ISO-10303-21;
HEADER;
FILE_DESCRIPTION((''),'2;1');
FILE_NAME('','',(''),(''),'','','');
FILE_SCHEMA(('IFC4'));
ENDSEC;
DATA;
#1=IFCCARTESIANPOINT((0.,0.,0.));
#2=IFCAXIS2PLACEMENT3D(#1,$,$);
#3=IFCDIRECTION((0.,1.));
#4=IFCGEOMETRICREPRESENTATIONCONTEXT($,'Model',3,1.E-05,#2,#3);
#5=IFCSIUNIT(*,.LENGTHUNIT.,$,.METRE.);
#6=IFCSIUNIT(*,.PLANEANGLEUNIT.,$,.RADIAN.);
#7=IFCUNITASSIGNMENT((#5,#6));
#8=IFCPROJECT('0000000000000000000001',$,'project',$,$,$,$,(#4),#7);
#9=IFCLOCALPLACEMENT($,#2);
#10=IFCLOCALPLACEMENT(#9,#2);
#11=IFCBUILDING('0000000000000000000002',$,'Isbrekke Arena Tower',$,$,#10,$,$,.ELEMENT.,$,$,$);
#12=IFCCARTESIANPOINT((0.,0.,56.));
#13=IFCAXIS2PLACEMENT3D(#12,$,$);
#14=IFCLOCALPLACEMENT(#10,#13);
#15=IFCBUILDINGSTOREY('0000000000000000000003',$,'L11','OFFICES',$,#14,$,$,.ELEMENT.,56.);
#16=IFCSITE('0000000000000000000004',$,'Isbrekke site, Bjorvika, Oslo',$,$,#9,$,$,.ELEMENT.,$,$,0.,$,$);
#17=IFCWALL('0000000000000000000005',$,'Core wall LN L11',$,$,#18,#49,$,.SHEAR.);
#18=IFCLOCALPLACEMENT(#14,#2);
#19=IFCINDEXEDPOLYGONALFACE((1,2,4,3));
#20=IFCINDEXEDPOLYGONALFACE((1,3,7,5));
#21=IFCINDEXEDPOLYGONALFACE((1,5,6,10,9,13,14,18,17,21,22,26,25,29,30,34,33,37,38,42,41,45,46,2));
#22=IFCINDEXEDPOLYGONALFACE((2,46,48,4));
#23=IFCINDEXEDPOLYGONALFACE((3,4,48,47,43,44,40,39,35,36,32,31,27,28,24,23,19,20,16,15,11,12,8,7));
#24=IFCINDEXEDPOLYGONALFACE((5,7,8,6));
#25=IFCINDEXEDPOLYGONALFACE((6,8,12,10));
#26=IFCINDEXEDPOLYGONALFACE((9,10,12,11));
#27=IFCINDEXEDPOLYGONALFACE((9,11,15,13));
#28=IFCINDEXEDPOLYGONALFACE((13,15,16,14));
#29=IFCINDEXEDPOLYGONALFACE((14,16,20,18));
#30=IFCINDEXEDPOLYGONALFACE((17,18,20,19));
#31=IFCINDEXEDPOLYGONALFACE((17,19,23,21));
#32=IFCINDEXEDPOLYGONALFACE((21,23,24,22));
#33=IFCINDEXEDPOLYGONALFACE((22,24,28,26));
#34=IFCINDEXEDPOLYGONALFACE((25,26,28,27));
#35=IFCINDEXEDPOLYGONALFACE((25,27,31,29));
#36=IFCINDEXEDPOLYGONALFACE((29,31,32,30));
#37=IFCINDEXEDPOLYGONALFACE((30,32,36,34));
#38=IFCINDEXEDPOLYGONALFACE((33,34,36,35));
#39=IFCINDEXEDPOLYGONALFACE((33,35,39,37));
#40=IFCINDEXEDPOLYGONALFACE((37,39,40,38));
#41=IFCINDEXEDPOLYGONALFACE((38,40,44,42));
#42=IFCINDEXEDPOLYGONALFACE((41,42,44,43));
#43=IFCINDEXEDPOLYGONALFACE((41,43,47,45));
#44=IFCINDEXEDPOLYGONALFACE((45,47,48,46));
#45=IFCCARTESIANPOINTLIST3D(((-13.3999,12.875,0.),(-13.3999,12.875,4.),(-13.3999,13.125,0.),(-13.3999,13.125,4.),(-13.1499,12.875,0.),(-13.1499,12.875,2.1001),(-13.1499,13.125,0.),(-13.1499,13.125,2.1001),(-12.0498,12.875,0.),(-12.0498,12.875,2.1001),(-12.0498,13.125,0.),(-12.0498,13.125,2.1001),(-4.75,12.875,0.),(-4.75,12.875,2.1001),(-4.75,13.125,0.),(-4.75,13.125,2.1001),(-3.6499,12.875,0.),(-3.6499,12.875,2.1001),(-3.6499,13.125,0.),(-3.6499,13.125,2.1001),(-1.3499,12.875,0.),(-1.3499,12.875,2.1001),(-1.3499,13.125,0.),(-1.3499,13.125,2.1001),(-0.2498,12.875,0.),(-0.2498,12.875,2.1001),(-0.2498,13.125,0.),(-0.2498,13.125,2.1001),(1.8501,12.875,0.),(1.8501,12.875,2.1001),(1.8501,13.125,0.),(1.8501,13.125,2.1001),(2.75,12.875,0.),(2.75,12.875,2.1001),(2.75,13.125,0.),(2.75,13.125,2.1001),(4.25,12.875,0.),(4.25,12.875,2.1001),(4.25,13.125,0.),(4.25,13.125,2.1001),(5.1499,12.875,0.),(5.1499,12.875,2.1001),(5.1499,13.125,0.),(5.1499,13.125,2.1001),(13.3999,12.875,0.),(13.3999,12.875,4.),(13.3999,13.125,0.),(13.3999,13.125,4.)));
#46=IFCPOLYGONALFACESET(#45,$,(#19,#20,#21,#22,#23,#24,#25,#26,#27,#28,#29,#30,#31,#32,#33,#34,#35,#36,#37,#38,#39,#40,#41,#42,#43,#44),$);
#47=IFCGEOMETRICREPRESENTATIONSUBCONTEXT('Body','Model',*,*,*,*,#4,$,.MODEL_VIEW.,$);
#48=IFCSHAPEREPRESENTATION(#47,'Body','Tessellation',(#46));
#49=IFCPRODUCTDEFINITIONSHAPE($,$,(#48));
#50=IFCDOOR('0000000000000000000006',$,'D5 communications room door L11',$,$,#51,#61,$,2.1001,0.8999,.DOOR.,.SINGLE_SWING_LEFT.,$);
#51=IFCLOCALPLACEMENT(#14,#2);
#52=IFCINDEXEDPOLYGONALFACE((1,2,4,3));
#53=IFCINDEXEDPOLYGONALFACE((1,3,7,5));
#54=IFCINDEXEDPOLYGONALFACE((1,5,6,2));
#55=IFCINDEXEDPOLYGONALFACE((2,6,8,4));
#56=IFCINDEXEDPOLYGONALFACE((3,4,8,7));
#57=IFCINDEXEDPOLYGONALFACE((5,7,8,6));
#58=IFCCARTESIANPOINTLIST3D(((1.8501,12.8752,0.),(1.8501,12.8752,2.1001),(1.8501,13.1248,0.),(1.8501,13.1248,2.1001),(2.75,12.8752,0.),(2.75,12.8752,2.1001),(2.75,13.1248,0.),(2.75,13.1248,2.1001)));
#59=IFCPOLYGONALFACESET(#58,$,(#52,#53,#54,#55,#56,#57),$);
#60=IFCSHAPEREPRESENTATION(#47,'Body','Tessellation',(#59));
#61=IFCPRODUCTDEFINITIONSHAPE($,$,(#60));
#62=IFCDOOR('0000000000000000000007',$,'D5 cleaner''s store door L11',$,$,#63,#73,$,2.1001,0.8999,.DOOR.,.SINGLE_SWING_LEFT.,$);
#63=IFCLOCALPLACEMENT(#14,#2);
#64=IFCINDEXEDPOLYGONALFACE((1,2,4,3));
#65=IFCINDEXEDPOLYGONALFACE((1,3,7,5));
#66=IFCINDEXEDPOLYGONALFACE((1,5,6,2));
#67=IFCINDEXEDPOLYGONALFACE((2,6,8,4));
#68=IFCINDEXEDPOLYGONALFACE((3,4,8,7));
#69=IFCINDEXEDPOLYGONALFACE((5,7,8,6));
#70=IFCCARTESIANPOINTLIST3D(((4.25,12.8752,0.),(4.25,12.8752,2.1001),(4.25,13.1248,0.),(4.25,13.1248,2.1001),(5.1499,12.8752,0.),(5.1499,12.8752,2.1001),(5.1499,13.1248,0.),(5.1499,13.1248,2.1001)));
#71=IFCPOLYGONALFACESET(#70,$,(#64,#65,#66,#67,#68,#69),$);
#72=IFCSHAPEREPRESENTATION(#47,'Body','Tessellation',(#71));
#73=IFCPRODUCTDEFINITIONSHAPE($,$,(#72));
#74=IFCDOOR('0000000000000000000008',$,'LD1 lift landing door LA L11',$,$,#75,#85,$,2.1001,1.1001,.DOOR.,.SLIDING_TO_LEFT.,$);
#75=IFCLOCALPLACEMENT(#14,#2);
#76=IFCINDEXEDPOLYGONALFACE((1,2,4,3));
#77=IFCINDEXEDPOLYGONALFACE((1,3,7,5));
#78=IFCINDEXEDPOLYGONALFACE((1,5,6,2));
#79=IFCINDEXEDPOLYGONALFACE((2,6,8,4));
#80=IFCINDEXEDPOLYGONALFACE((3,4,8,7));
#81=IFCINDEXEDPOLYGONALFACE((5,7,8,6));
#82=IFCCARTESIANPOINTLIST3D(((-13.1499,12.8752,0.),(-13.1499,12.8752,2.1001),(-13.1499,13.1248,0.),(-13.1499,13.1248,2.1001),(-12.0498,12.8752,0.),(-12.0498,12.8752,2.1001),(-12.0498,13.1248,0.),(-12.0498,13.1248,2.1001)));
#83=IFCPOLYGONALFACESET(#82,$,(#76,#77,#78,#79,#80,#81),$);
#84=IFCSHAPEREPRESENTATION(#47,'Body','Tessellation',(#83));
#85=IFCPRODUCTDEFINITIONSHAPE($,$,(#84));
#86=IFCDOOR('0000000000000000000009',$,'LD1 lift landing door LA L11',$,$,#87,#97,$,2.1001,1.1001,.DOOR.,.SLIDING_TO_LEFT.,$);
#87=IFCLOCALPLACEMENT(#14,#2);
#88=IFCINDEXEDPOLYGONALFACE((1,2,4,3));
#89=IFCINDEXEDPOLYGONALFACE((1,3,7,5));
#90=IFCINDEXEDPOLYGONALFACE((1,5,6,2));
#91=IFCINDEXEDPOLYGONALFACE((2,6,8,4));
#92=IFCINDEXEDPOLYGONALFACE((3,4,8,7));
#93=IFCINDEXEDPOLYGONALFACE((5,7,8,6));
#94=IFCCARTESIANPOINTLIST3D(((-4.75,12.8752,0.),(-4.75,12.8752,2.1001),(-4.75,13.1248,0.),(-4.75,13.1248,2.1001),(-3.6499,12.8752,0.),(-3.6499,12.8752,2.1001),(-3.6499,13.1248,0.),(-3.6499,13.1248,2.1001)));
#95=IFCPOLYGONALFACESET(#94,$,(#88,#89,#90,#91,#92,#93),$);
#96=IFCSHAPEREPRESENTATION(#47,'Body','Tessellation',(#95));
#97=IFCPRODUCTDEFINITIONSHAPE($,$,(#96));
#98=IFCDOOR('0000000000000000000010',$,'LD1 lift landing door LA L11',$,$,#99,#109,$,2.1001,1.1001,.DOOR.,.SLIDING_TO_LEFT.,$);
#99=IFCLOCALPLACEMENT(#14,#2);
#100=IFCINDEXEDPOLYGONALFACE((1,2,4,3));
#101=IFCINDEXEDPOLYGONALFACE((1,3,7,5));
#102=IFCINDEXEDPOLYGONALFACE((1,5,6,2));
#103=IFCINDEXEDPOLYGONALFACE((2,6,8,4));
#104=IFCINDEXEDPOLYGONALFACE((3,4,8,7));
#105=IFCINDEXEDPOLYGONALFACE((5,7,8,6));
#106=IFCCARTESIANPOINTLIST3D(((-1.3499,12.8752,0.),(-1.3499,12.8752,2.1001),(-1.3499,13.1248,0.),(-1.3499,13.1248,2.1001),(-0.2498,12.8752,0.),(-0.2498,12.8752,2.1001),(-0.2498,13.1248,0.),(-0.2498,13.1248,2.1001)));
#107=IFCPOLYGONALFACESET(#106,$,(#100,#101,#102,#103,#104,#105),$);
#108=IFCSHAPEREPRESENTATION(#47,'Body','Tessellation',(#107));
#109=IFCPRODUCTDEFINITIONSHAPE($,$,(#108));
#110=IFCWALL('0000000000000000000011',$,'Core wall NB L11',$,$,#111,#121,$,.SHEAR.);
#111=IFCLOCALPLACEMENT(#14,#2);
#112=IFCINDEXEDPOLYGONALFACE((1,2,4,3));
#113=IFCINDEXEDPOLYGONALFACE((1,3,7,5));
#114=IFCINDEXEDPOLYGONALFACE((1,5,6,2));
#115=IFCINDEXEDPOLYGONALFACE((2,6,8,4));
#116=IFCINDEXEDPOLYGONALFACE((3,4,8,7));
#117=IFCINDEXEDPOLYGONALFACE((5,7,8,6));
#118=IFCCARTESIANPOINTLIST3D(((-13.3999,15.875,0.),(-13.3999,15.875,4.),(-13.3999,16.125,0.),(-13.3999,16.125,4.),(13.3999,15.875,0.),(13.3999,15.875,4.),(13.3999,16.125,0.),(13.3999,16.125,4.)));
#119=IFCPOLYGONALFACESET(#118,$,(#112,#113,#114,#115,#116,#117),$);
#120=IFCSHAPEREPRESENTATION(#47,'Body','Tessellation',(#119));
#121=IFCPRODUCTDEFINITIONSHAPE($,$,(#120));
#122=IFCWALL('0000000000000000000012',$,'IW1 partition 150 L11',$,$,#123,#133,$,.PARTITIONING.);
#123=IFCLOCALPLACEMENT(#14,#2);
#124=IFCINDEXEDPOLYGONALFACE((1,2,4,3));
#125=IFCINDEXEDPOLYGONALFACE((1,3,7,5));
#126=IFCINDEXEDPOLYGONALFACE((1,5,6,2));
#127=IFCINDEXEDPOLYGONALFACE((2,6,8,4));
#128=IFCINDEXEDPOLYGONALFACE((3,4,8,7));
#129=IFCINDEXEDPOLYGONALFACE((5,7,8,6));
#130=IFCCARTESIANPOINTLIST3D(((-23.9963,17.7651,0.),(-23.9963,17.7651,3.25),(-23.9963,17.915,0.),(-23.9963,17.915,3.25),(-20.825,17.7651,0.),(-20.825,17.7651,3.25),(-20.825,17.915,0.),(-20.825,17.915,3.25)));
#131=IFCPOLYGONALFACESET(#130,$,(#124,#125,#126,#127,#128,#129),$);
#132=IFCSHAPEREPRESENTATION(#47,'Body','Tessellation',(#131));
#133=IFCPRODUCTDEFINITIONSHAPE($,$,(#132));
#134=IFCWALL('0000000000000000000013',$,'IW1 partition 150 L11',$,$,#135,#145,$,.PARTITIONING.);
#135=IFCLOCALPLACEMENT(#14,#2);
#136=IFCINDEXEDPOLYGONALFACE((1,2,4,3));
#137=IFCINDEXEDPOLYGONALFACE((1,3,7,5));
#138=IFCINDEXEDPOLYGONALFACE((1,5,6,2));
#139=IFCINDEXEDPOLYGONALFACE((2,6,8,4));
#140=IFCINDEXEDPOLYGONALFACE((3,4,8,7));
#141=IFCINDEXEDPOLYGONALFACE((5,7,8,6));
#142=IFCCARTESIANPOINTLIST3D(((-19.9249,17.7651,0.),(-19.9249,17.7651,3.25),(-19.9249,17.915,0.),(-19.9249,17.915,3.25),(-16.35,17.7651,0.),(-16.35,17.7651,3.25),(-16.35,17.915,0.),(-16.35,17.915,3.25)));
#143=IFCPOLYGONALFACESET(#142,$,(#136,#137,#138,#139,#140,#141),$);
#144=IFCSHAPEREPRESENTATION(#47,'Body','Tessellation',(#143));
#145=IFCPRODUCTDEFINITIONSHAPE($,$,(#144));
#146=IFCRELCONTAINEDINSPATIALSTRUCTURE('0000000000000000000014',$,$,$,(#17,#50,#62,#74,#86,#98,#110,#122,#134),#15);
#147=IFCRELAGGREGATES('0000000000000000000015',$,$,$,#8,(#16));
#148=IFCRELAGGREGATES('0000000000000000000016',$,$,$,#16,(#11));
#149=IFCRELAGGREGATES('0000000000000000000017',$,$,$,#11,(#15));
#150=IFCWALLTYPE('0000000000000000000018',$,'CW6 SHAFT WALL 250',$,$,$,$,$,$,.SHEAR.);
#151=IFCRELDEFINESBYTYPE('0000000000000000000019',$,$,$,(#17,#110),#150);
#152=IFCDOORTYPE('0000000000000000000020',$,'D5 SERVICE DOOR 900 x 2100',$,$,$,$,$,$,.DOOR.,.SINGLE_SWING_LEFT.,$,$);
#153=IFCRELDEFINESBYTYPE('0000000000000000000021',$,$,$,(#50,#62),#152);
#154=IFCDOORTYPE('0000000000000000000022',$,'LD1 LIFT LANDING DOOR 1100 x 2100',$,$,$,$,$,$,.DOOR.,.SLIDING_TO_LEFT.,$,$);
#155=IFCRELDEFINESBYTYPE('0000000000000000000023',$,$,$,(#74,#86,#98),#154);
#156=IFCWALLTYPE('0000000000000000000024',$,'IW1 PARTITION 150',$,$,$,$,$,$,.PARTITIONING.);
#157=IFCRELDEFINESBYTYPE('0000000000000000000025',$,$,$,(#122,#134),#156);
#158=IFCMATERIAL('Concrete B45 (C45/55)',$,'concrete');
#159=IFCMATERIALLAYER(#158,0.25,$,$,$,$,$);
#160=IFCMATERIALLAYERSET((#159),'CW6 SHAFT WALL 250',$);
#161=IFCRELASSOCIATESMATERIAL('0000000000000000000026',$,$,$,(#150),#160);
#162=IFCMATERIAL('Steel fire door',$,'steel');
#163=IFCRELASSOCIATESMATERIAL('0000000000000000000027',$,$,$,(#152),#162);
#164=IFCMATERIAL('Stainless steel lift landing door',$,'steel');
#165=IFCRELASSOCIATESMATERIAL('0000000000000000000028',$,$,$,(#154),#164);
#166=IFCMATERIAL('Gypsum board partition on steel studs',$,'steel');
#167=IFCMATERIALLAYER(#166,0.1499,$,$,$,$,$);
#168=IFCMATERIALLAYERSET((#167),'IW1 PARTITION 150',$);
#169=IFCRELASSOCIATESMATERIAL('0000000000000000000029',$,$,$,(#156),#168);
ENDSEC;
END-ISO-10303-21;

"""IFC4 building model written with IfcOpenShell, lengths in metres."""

from ifc_helpers import new_model, si_unit, direction, frame, frame_2d, origin, place, context, subcontext, project, spatial, rectangle, extrude, material, layer, layer_set, type_object, element, fill, save


model = new_model("IFC4")

# Units and contexts
model_context = context("Model", 3, precision=1e-05, world=origin(), true_north=direction((0.0, 1.0)))
body_context = subcontext(model_context, "Body", "Model", "MODEL_VIEW")
ifc_project = project(units=[si_unit("LENGTHUNIT", "METRE"), si_unit("PLANEANGLEUNIT", "RADIAN")], contexts=[model_context])

# Site, building, storey
site_placement = place(None, origin())
site = spatial("IfcSite", under=ifc_project, at=site_placement, Name="Isbrekke site, Bjorvika, Oslo", CompositionType="ELEMENT", RefElevation=0.0)
building_placement = place(site_placement, origin())
building = spatial("IfcBuilding", under=site, at=building_placement, Name="Isbrekke Arena Tower", CompositionType="ELEMENT")
storey_placement = place(building_placement, frame((0.0, 0.0, 56.0)))
storey = spatial("IfcBuildingStorey", under=building, at=storey_placement, Name="L11", Description="OFFICES", CompositionType="ELEMENT", Elevation=56.0)

# Wall, openings, doors
ifc_material_1 = material(Name="Concrete B45 (C45/55)", Category="concrete")
ifc_layer_1 = layer(ifc_material_1, 0.25)
ifc_layer_set_1 = layer_set([ifc_layer_1], Name="CW6 SHAFT WALL 250")
wall_type_1 = type_object("IfcWallType", Name="CW6 SHAFT WALL 250", PredefinedType="SHEAR", material=ifc_layer_set_1)
wall_1_placement = place(storey_placement, frame((-13.3999, 13.0, 0.0), z_axis=(0.0, 0.0, 1.0), x_axis=(1.0, 0.0, 0.0)))
wall_1 = element("IfcWall", 1, at=wall_1_placement, inside=storey, type_object=wall_type_1, Name="Core wall LN L11", PredefinedType="SHEAR", context=body_context, shape_type="SweptSolid", body=[
    extrude(rectangle(XDim=26.7998, YDim=0.25, at=frame_2d((13.3999, 0.0))), origin(), (0.0, 0.0, 1.0), 4.0),
])
opening_1_placement = place(wall_1_placement, frame((0.25, 0.0, 0.0)))
opening_1 = element("IfcOpeningElement", 2, at=opening_1_placement, cuts=wall_1, PredefinedType="OPENING", context=body_context, shape_type="SweptSolid", body=[
    extrude(rectangle(XDim=1.1001, YDim=2.1001, at=frame_2d((0.55, 1.05))), frame((0.0, 0.1399, 0.0), z_axis=(0.0, -1.0, 0.0), x_axis=(1.0, 0.0, 0.0)), (0.0, 0.0, 1.0), 0.2798),
])
opening_2_placement = place(wall_1_placement, frame((8.6499, 0.0, 0.0)))
opening_2 = element("IfcOpeningElement", 3, at=opening_2_placement, cuts=wall_1, PredefinedType="OPENING", context=body_context, shape_type="SweptSolid", body=[
    extrude(rectangle(XDim=1.1001, YDim=2.1001, at=frame_2d((0.55, 1.05))), frame((0.0, 0.1399, 0.0), z_axis=(0.0, -1.0, 0.0), x_axis=(1.0, 0.0, 0.0)), (0.0, 0.0, 1.0), 0.2798),
])
opening_3_placement = place(wall_1_placement, frame((12.05, 0.0, 0.0)))
opening_3 = element("IfcOpeningElement", 4, at=opening_3_placement, cuts=wall_1, PredefinedType="OPENING", context=body_context, shape_type="SweptSolid", body=[
    extrude(rectangle(XDim=1.1001, YDim=2.1001, at=frame_2d((0.55, 1.05))), frame((0.0, 0.1399, 0.0), z_axis=(0.0, -1.0, 0.0), x_axis=(1.0, 0.0, 0.0)), (0.0, 0.0, 1.0), 0.2798),
])
opening_4_placement = place(wall_1_placement, frame((15.25, 0.0, 0.0)))
opening_4 = element("IfcOpeningElement", 5, at=opening_4_placement, cuts=wall_1, PredefinedType="OPENING", context=body_context, shape_type="SweptSolid", body=[
    extrude(rectangle(XDim=0.8999, YDim=2.1001, at=frame_2d((0.45, 1.05))), frame((0.0, 0.1399, 0.0), z_axis=(0.0, -1.0, 0.0), x_axis=(1.0, 0.0, 0.0)), (0.0, 0.0, 1.0), 0.2798),
])
opening_5_placement = place(wall_1_placement, frame((17.6499, 0.0, 0.0)))
opening_5 = element("IfcOpeningElement", 6, at=opening_5_placement, cuts=wall_1, PredefinedType="OPENING", context=body_context, shape_type="SweptSolid", body=[
    extrude(rectangle(XDim=0.8999, YDim=2.1001, at=frame_2d((0.45, 1.05))), frame((0.0, 0.1399, 0.0), z_axis=(0.0, -1.0, 0.0), x_axis=(1.0, 0.0, 0.0)), (0.0, 0.0, 1.0), 0.2798),
])
ifc_material_2 = material(Name="Steel fire door", Category="steel")
door_type_1 = type_object("IfcDoorType", Name="D5 SERVICE DOOR 900 x 2100", OperationType="SINGLE_SWING_LEFT", PredefinedType="DOOR", material=ifc_material_2)
door_1_placement = place(opening_4_placement, origin())
door_1 = element("IfcDoor", 7, at=door_1_placement, inside=storey, type_object=door_type_1, Name="D5 communications room door L11", OperationType="SINGLE_SWING_LEFT", OverallHeight=2.1001, OverallWidth=0.8999, PredefinedType="DOOR", context=body_context, shape_type="SweptSolid", body=[
    extrude(rectangle(XDim=0.8999, YDim=2.1001, at=frame_2d((0.45, 1.05))), frame((0.0, 0.1248, 0.0), z_axis=(0.0, -1.0, 0.0), x_axis=(1.0, 0.0, 0.0)), (0.0, 0.0, 1.0), 0.2495),
])
fill(opening_4, door_1)
door_2_placement = place(opening_5_placement, origin())
door_2 = element("IfcDoor", 8, at=door_2_placement, inside=storey, type_object=door_type_1, Name="D5 cleaner's store door L11", OperationType="SINGLE_SWING_LEFT", OverallHeight=2.1001, OverallWidth=0.8999, PredefinedType="DOOR", context=body_context, shape_type="SweptSolid", body=[
    extrude(rectangle(XDim=0.8999, YDim=2.1001, at=frame_2d((0.45, 1.05))), frame((0.0, 0.1248, 0.0), z_axis=(0.0, -1.0, 0.0), x_axis=(1.0, 0.0, 0.0)), (0.0, 0.0, 1.0), 0.2495),
])
fill(opening_5, door_2)
ifc_material_3 = material(Name="Stainless steel lift landing door", Category="steel")
door_type_2 = type_object("IfcDoorType", Name="LD1 LIFT LANDING DOOR 1100 x 2100", OperationType="SLIDING_TO_LEFT", PredefinedType="DOOR", material=ifc_material_3)
door_3_placement = place(opening_1_placement, origin())
door_3 = element("IfcDoor", 9, at=door_3_placement, inside=storey, type_object=door_type_2, Name="LD1 lift landing door LA L11", OperationType="SLIDING_TO_LEFT", OverallHeight=2.1001, OverallWidth=1.1001, PredefinedType="DOOR", context=body_context, shape_type="SweptSolid", body=[
    extrude(rectangle(XDim=1.1001, YDim=2.1001, at=frame_2d((0.55, 1.05))), frame((0.0, 0.1248, 0.0), z_axis=(0.0, -1.0, 0.0), x_axis=(1.0, 0.0, 0.0)), (0.0, 0.0, 1.0), 0.2495),
])
fill(opening_1, door_3)
door_4_placement = place(opening_2_placement, origin())
door_4 = element("IfcDoor", 10, at=door_4_placement, inside=storey, type_object=door_type_2, Name="LD1 lift landing door LA L11", OperationType="SLIDING_TO_LEFT", OverallHeight=2.1001, OverallWidth=1.1001, PredefinedType="DOOR", context=body_context, shape_type="SweptSolid", body=[
    extrude(rectangle(XDim=1.1001, YDim=2.1001, at=frame_2d((0.55, 1.05))), frame((0.0, 0.1248, 0.0), z_axis=(0.0, -1.0, 0.0), x_axis=(1.0, 0.0, 0.0)), (0.0, 0.0, 1.0), 0.2495),
])
fill(opening_2, door_4)
door_5_placement = place(opening_3_placement, origin())
door_5 = element("IfcDoor", 11, at=door_5_placement, inside=storey, type_object=door_type_2, Name="LD1 lift landing door LA L11", OperationType="SLIDING_TO_LEFT", OverallHeight=2.1001, OverallWidth=1.1001, PredefinedType="DOOR", context=body_context, shape_type="SweptSolid", body=[
    extrude(rectangle(XDim=1.1001, YDim=2.1001, at=frame_2d((0.55, 1.05))), frame((0.0, 0.1248, 0.0), z_axis=(0.0, -1.0, 0.0), x_axis=(1.0, 0.0, 0.0)), (0.0, 0.0, 1.0), 0.2495),
])
fill(opening_3, door_5)

# Walls
wall_2_placement = place(storey_placement, frame((-13.3999, 16.0, 0.0), z_axis=(0.0, 0.0, 1.0), x_axis=(1.0, 0.0, 0.0)))
element("IfcWall", 12, at=wall_2_placement, inside=storey, type_object=wall_type_1, Name="Core wall NB L11", PredefinedType="SHEAR", context=body_context, shape_type="SweptSolid", body=[
    extrude(rectangle(XDim=26.7998, YDim=0.25, at=frame_2d((13.3999, 0.0))), origin(), (0.0, 0.0, 1.0), 4.0),
])
ifc_material_4 = material(Name="Gypsum board partition on steel studs", Category="steel")
ifc_layer_2 = layer(ifc_material_4, 0.1499)
ifc_layer_set_2 = layer_set([ifc_layer_2], Name="IW1 PARTITION 150")
wall_type_2 = type_object("IfcWallType", Name="IW1 PARTITION 150", PredefinedType="PARTITIONING", material=ifc_layer_set_2)
wall_3_placement = place(storey_placement, frame((-23.9963, 17.8401, 0.0), z_axis=(0.0, 0.0, 1.0), x_axis=(1.0, 0.0, 0.0)))
element("IfcWall", 13, at=wall_3_placement, inside=storey, type_object=wall_type_2, Name="IW1 partition 150 L11", PredefinedType="PARTITIONING", context=body_context, shape_type="SweptSolid", body=[
    extrude(rectangle(XDim=3.1714, YDim=0.1499, at=frame_2d((1.5857, 0.0))), origin(), (0.0, 0.0, 1.0), 3.25),
])
wall_4_placement = place(storey_placement, frame((-19.925, 17.8401, 0.0), z_axis=(0.0, 0.0, 1.0), x_axis=(1.0, 0.0, 0.0)))
element("IfcWall", 14, at=wall_4_placement, inside=storey, type_object=wall_type_2, Name="IW1 partition 150 L11", PredefinedType="PARTITIONING", context=body_context, shape_type="SweptSolid", body=[
    extrude(rectangle(XDim=3.575, YDim=0.1499, at=frame_2d((1.7876, 0.0))), origin(), (0.0, 0.0, 1.0), 3.25),
])

save(model, "model.ifc")
